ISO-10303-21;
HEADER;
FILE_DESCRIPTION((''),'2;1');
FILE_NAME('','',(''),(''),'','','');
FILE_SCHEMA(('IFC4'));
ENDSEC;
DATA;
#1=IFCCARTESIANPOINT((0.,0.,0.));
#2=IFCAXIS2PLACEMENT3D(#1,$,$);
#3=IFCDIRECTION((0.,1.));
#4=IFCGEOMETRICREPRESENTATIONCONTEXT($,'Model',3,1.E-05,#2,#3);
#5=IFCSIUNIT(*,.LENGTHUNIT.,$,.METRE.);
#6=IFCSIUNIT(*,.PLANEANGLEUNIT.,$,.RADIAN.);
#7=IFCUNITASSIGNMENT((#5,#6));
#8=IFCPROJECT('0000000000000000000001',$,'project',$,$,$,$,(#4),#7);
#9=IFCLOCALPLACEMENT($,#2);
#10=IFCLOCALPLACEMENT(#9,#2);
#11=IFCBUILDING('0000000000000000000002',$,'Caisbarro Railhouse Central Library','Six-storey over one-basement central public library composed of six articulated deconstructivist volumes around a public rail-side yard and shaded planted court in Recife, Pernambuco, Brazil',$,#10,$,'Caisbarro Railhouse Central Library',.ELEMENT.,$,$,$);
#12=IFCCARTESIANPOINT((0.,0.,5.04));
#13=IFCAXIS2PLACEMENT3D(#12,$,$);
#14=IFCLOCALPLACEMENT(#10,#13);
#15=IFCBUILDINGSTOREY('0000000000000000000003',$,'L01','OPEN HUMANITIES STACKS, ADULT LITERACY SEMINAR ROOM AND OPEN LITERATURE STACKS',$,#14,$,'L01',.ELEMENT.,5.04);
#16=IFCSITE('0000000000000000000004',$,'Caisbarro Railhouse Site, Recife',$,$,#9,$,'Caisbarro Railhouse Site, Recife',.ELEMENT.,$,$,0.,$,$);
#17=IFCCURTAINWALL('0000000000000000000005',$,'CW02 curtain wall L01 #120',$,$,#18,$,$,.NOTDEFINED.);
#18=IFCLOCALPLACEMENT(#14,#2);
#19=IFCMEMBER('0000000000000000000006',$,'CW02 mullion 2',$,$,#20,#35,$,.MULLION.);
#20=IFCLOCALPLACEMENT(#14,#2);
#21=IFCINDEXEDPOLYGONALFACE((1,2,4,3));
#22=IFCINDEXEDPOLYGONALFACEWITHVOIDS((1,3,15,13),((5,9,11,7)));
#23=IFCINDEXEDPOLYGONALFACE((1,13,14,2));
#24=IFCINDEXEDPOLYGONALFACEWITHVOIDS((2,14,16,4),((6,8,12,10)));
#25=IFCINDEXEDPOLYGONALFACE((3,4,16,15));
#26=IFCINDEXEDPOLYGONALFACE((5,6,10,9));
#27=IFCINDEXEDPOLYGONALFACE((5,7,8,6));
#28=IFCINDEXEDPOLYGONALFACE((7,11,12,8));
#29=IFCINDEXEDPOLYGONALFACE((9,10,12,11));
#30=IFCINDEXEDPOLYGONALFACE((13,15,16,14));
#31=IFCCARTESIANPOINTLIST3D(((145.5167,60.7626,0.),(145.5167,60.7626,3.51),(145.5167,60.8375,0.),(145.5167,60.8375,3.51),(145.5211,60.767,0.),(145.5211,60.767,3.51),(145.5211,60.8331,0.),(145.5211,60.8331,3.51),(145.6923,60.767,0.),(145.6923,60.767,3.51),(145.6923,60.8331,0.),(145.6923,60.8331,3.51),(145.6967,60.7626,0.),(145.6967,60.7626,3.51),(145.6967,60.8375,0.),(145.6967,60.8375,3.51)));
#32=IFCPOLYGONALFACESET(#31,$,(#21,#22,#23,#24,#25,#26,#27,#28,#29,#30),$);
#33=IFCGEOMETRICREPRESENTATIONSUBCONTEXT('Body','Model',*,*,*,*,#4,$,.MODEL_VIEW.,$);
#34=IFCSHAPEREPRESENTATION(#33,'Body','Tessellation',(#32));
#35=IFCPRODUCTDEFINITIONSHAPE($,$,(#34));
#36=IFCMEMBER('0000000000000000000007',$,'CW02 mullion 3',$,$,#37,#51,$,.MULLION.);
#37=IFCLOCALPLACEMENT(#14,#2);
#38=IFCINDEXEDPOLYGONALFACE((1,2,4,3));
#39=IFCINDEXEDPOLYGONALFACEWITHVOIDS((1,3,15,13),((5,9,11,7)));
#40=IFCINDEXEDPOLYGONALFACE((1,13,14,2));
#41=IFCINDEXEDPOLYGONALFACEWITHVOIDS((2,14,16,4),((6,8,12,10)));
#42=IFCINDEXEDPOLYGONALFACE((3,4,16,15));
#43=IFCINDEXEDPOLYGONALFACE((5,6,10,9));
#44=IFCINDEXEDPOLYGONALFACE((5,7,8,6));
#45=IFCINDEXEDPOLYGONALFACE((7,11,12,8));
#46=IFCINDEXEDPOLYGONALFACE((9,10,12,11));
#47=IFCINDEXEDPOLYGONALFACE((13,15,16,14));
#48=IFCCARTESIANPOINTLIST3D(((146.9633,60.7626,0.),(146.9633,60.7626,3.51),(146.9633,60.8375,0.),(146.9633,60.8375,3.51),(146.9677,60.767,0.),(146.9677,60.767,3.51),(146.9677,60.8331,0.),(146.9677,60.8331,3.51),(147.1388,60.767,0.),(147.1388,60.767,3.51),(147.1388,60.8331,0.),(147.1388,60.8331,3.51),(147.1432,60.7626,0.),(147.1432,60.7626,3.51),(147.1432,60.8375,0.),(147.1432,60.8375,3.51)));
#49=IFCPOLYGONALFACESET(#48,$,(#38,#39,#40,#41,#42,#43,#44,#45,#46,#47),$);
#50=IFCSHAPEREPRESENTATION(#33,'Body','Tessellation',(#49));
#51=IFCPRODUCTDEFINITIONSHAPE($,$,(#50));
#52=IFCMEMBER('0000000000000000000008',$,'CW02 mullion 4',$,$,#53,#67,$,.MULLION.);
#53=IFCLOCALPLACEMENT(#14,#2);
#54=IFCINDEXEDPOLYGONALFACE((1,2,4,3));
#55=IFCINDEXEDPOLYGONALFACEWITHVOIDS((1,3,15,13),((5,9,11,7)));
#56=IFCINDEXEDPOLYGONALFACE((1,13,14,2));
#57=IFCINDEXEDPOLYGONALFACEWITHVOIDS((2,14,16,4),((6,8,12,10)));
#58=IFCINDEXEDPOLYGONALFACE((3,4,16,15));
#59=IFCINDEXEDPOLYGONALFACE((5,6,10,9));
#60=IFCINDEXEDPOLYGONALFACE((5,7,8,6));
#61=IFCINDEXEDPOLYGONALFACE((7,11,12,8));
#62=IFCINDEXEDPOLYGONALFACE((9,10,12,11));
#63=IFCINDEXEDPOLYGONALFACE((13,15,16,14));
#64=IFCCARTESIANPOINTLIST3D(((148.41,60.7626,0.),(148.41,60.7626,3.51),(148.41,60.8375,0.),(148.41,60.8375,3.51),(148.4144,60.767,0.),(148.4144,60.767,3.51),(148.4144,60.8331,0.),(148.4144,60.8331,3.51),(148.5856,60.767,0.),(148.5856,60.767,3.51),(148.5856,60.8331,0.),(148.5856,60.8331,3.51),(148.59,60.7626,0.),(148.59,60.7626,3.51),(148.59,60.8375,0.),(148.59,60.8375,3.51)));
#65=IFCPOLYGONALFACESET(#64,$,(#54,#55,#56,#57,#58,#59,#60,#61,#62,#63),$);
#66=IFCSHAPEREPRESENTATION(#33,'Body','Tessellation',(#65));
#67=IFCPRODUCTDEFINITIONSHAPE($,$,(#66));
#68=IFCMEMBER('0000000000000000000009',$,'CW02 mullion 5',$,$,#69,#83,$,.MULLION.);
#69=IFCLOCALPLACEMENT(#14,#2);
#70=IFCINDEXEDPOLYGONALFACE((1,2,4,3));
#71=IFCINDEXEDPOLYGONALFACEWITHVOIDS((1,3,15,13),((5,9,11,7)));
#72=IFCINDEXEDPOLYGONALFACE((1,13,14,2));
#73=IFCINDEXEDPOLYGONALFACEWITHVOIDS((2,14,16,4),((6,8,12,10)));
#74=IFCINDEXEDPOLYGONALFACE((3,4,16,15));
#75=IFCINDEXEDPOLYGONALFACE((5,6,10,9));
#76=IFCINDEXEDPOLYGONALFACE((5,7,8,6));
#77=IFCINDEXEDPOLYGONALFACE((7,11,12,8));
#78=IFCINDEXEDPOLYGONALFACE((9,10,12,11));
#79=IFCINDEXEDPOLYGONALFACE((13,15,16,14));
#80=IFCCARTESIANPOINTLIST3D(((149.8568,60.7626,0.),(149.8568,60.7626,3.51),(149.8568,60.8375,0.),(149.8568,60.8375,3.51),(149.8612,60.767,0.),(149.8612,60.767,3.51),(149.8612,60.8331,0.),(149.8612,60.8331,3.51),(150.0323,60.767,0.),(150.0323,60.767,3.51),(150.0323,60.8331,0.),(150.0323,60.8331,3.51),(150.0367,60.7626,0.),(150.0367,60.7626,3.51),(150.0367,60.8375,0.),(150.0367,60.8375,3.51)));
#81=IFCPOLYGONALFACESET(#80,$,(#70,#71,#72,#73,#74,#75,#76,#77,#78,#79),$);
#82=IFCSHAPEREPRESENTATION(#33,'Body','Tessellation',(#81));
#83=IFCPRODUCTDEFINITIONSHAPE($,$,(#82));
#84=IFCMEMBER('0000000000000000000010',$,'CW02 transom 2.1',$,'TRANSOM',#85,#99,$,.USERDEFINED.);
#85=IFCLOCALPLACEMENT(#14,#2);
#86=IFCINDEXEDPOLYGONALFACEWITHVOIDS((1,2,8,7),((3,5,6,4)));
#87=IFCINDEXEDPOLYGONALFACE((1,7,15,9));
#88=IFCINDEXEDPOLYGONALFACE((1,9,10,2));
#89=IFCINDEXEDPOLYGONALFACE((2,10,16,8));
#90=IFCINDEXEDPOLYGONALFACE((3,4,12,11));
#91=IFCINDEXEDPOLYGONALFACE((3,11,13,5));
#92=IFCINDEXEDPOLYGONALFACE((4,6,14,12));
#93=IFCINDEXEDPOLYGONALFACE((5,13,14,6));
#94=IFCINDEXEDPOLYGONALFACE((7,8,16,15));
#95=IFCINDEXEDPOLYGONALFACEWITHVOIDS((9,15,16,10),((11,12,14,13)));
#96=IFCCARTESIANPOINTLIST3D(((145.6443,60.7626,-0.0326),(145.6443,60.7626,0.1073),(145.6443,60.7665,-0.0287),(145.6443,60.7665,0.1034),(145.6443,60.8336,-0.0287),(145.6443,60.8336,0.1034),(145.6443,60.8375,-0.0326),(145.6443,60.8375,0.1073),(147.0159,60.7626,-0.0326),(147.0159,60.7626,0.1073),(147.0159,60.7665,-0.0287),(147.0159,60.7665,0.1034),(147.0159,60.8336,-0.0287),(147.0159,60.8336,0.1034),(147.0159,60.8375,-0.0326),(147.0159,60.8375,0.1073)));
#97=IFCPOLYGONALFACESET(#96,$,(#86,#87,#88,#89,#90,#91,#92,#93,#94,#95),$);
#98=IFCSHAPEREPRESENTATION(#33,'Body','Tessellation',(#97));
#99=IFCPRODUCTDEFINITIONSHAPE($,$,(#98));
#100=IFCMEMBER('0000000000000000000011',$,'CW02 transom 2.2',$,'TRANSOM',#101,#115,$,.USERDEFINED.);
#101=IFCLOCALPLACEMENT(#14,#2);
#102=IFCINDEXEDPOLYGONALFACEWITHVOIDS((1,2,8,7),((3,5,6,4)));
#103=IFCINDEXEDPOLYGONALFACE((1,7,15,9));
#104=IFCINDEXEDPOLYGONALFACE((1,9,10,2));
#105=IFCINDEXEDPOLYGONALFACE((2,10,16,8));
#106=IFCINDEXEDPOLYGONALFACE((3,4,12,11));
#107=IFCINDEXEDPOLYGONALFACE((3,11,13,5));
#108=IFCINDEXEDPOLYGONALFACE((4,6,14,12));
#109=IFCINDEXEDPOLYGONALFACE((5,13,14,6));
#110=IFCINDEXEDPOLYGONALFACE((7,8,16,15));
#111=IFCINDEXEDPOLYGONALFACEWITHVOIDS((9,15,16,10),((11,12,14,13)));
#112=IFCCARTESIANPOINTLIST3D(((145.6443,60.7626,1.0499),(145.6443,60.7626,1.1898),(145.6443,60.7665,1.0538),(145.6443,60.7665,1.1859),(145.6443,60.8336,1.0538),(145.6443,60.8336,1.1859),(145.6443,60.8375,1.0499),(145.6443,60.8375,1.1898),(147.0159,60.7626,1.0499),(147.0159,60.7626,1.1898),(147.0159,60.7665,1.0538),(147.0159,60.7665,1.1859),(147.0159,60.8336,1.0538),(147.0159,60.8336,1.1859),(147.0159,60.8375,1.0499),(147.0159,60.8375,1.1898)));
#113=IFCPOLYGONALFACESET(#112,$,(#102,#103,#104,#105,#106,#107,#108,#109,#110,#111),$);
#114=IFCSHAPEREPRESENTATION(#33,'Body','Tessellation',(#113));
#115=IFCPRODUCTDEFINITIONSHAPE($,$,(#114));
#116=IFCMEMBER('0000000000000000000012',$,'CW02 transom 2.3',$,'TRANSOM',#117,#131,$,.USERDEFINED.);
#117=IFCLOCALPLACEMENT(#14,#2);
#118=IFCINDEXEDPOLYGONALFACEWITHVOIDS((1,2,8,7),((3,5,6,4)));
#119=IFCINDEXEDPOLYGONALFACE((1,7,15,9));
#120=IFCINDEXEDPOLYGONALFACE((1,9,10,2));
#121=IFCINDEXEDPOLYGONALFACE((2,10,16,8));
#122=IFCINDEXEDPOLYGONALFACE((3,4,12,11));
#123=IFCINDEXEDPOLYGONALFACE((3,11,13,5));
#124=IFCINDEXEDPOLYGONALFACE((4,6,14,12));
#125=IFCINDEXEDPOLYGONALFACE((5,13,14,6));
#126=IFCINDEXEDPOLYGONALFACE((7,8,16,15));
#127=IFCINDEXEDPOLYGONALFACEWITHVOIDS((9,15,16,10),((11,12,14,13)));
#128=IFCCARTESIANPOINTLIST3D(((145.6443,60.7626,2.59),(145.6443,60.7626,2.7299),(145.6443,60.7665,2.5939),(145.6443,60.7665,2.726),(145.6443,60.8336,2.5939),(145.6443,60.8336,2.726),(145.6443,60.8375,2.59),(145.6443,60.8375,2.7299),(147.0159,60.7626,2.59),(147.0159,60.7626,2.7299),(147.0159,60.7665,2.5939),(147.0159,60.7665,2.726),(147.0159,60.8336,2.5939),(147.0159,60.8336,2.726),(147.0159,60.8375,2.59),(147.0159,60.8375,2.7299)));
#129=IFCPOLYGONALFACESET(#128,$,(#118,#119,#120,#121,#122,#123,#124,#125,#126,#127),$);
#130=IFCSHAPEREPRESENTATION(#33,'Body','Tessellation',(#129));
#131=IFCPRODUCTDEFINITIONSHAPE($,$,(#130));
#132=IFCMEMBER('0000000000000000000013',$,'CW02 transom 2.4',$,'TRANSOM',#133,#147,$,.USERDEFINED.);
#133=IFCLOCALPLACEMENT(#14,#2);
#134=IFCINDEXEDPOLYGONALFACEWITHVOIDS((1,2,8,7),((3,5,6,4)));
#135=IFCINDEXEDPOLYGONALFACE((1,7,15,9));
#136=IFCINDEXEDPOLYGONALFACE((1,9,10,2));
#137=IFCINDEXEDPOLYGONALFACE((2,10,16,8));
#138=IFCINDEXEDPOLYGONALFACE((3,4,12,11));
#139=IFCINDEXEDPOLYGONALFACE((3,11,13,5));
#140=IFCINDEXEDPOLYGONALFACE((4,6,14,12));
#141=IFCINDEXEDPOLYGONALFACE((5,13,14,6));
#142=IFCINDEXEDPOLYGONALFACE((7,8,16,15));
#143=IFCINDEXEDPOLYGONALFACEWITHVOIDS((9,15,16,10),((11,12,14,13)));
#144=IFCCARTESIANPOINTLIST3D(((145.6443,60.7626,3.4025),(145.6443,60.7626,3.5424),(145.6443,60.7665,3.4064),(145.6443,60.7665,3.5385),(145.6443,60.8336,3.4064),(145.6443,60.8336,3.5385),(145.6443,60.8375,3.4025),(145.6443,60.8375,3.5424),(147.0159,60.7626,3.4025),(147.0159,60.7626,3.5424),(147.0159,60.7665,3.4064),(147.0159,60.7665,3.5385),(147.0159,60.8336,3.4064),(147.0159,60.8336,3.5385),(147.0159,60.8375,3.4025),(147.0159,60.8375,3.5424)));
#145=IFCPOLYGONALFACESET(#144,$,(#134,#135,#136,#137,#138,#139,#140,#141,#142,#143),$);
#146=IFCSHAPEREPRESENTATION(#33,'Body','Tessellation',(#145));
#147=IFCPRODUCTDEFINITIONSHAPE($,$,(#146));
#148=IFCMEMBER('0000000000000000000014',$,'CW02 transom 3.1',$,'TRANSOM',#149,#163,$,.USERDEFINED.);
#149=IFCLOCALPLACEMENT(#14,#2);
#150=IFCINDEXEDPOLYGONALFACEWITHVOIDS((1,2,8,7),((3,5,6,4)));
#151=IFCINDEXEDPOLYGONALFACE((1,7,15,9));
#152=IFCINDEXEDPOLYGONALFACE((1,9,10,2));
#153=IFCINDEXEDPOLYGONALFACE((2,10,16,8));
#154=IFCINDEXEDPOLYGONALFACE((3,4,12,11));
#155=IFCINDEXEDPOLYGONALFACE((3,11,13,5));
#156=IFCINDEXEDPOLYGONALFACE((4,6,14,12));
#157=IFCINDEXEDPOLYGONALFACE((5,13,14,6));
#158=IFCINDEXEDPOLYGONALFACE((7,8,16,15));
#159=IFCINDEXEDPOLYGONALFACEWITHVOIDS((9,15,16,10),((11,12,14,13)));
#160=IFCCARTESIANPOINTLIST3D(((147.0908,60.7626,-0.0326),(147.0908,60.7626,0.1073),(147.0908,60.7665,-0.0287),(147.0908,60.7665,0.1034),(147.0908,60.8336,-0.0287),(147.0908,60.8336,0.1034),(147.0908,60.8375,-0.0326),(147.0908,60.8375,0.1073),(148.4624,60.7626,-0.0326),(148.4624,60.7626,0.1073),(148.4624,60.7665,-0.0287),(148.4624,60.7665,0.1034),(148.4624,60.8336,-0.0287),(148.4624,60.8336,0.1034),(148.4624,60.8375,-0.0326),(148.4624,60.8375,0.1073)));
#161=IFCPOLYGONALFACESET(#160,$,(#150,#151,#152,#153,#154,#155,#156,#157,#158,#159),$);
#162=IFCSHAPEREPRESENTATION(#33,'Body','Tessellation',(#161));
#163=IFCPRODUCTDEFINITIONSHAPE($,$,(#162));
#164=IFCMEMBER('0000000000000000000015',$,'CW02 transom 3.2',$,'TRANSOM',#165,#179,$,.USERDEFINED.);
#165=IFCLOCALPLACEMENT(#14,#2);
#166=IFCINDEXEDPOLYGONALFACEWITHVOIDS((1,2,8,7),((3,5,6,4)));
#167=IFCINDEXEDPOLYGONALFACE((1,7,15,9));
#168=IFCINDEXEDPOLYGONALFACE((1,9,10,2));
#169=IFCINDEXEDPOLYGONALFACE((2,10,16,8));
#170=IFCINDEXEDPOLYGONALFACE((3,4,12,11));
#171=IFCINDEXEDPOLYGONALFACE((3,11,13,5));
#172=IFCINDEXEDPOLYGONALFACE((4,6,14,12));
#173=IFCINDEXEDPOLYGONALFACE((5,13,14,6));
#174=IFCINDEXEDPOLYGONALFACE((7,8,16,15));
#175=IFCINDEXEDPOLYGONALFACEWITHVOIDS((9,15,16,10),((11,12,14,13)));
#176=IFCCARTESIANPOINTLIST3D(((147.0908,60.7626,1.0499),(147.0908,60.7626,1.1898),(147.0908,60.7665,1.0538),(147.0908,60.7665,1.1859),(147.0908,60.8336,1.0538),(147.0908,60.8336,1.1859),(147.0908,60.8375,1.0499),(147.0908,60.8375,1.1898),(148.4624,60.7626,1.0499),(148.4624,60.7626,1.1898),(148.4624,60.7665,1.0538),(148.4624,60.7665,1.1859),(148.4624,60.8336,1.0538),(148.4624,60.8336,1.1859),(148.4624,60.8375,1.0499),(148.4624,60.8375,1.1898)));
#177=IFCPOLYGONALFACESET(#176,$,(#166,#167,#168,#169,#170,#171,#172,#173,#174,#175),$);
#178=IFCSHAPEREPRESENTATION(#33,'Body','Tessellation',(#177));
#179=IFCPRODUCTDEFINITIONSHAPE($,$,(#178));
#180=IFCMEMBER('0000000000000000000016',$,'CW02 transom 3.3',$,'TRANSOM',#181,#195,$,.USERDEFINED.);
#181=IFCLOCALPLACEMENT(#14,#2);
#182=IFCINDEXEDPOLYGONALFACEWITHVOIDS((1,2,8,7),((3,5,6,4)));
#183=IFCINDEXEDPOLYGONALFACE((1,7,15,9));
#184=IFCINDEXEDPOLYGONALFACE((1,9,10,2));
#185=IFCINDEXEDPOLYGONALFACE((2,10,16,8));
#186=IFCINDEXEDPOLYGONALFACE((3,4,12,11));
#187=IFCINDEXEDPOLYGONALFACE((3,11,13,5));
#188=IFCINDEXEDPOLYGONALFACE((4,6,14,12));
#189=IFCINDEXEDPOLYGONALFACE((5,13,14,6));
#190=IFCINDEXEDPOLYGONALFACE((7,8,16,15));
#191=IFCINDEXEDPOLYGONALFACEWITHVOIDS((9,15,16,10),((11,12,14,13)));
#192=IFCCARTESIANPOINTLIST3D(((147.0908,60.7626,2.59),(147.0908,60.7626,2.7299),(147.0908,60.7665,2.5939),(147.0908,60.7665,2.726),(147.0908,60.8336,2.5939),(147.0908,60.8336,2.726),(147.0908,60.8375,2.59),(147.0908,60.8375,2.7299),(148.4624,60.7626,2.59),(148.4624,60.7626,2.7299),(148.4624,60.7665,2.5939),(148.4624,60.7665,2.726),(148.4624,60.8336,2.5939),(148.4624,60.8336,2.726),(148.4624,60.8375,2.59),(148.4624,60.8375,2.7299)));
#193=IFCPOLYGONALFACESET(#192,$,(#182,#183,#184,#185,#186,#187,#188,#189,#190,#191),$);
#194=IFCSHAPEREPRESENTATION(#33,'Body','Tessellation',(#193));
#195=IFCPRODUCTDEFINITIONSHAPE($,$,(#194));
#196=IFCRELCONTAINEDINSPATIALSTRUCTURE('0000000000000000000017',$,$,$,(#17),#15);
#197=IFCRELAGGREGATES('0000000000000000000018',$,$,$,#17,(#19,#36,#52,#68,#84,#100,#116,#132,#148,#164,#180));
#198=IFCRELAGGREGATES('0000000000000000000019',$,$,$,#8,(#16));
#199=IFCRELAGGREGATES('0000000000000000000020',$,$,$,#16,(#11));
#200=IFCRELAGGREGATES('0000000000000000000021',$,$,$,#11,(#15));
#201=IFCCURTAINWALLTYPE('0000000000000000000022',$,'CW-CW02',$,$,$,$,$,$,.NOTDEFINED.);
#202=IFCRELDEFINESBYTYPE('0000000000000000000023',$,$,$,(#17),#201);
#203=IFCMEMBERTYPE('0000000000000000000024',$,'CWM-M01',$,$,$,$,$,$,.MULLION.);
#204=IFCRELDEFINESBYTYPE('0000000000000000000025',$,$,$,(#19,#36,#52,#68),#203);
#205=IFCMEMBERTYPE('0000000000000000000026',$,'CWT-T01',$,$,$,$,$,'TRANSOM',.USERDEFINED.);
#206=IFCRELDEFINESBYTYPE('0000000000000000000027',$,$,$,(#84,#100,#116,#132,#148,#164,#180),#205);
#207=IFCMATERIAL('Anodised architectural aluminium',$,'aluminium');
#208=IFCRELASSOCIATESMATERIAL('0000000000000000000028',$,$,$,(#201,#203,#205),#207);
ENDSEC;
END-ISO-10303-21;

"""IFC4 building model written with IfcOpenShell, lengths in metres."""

from ifc_helpers import new_model, si_unit, direction, frame, origin, origin_2d, place, context, subcontext, project, spatial, hollow_rectangle, extrude, material, material_profile, profile_set, type_object, element, aggregate, save


model = new_model("IFC4")

# Units and contexts
model_context = context("Model", 3, precision=1e-05, world=origin(), true_north=direction((0.0, 1.0)))
body_context = subcontext(model_context, "Body", "Model", "MODEL_VIEW")
ifc_project = project(units=[si_unit("LENGTHUNIT", "METRE"), si_unit("PLANEANGLEUNIT", "RADIAN")], contexts=[model_context])

# Site, building, storey
site_placement = place(None, origin())
site = spatial("IfcSite", under=ifc_project, at=site_placement, Name="Caisbarro Railhouse Site, Recife", LongName="Caisbarro Railhouse Site, Recife", CompositionType="ELEMENT", RefElevation=0.0)
building_placement = place(site_placement, origin())
building = spatial("IfcBuilding", under=site, at=building_placement, Name="Caisbarro Railhouse Central Library", Description="Six-storey over one-basement central public library composed of six articulated deconstructivist volumes around a public rail-side yard and shaded planted court in Recife, Pernambuco, Brazil", LongName="Caisbarro Railhouse Central Library", CompositionType="ELEMENT")
storey_placement = place(building_placement, frame((0.0, 0.0, 5.04)))
storey = spatial("IfcBuildingStorey", under=building, at=storey_placement, Name="L01", Description="OPEN HUMANITIES STACKS, ADULT LITERACY SEMINAR ROOM AND OPEN LITERATURE STACKS", LongName="L01", CompositionType="ELEMENT", Elevation=5.04)

# Curtain wall, members
ifc_material_1 = material(Name="Anodised architectural aluminium", Category="aluminium")
curtain_wall_type = type_object("IfcCurtainWallType", Name="CW-CW02", PredefinedType="NOTDEFINED", material=ifc_material_1)
curtain_wall_placement = place(storey_placement, origin())
curtain_wall = element("IfcCurtainWall", 1, at=curtain_wall_placement, inside=storey, type_object=curtain_wall_type, Name="CW02 curtain wall L01 #120", PredefinedType="NOTDEFINED")
ifc_material_profile_1 = material_profile(ifc_material_1, hollow_rectangle(XDim=0.075, YDim=0.1799, WallThickness=0.0044, at=origin_2d()), Name="ALU-MUL-75X180")
ifc_profile_set_1 = profile_set([ifc_material_profile_1], Name="Anodised architectural aluminium")
member_type_1 = type_object("IfcMemberType", Name="CWM-M01", PredefinedType="MULLION", material=ifc_profile_set_1)
member_1_placement = place(storey_placement, frame((145.6067, 60.8, 0.0), z_axis=(0.0, 0.0, 1.0), x_axis=(0.0, 1.0, 0.0)))
member_1 = element("IfcMember", 2, at=member_1_placement, type_object=member_type_1, Name="CW02 mullion 2", PredefinedType="MULLION", context=body_context, shape_type="SweptSolid", body=[
    extrude(hollow_rectangle(XDim=0.075, YDim=0.1799, WallThickness=0.0044, at=origin_2d()), origin(), (0.0, 0.0, 1.0), 3.51),
])
member_2_placement = place(storey_placement, frame((147.0532, 60.8, 0.0), z_axis=(0.0, 0.0, 1.0), x_axis=(0.0, 1.0, 0.0)))
member_2 = element("IfcMember", 3, at=member_2_placement, type_object=member_type_1, Name="CW02 mullion 3", PredefinedType="MULLION", context=body_context, shape_type="SweptSolid", body=[
    extrude(hollow_rectangle(XDim=0.075, YDim=0.1799, WallThickness=0.0044, at=origin_2d()), origin(), (0.0, 0.0, 1.0), 3.51),
])
member_3_placement = place(storey_placement, frame((148.5, 60.8, 0.0), z_axis=(0.0, 0.0, 1.0), x_axis=(0.0, 1.0, 0.0)))
member_3 = element("IfcMember", 4, at=member_3_placement, type_object=member_type_1, Name="CW02 mullion 4", PredefinedType="MULLION", context=body_context, shape_type="SweptSolid", body=[
    extrude(hollow_rectangle(XDim=0.075, YDim=0.1799, WallThickness=0.0044, at=origin_2d()), origin(), (0.0, 0.0, 1.0), 3.51),
])
member_4_placement = place(storey_placement, frame((149.9468, 60.8, 0.0), z_axis=(0.0, 0.0, 1.0), x_axis=(0.0, 1.0, 0.0)))
member_4 = element("IfcMember", 5, at=member_4_placement, type_object=member_type_1, Name="CW02 mullion 5", PredefinedType="MULLION", context=body_context, shape_type="SweptSolid", body=[
    extrude(hollow_rectangle(XDim=0.075, YDim=0.1799, WallThickness=0.0044, at=origin_2d()), origin(), (0.0, 0.0, 1.0), 3.51),
])
ifc_material_profile_2 = material_profile(ifc_material_1, hollow_rectangle(XDim=0.075, YDim=0.1399, WallThickness=0.0039, at=origin_2d()), Name="ALU-TRN-75X140")
ifc_profile_set_2 = profile_set([ifc_material_profile_2], Name="Anodised architectural aluminium")
member_type_2 = type_object("IfcMemberType", Name="CWT-T01", ElementType="TRANSOM", PredefinedType="USERDEFINED", material=ifc_profile_set_2)
member_5_placement = place(storey_placement, frame((145.6443, 60.8, 0.0374), z_axis=(1.0, 0.0, 0.0), x_axis=(0.0, 1.0, 0.0)))
member_5 = element("IfcMember", 6, at=member_5_placement, type_object=member_type_2, Name="CW02 transom 2.1", ObjectType="TRANSOM", PredefinedType="USERDEFINED", context=body_context, shape_type="SweptSolid", body=[
    extrude(hollow_rectangle(XDim=0.075, YDim=0.1399, WallThickness=0.0039, at=origin_2d()), origin(), (0.0, 0.0, 1.0), 1.3716),
])
member_6_placement = place(storey_placement, frame((145.6443, 60.8, 1.1199), z_axis=(1.0, 0.0, 0.0), x_axis=(0.0, 1.0, 0.0)))
member_6 = element("IfcMember", 7, at=member_6_placement, type_object=member_type_2, Name="CW02 transom 2.2", ObjectType="TRANSOM", PredefinedType="USERDEFINED", context=body_context, shape_type="SweptSolid", body=[
    extrude(hollow_rectangle(XDim=0.075, YDim=0.1399, WallThickness=0.0039, at=origin_2d()), origin(), (0.0, 0.0, 1.0), 1.3716),
])
member_7_placement = place(storey_placement, frame((145.6443, 60.8, 2.6599), z_axis=(1.0, 0.0, 0.0), x_axis=(0.0, 1.0, 0.0)))
member_7 = element("IfcMember", 8, at=member_7_placement, type_object=member_type_2, Name="CW02 transom 2.3", ObjectType="TRANSOM", PredefinedType="USERDEFINED", context=body_context, shape_type="SweptSolid", body=[
    extrude(hollow_rectangle(XDim=0.075, YDim=0.1399, WallThickness=0.0039, at=origin_2d()), origin(), (0.0, 0.0, 1.0), 1.3716),
])
member_8_placement = place(storey_placement, frame((145.6443, 60.8, 3.4724), z_axis=(1.0, 0.0, 0.0), x_axis=(0.0, 1.0, 0.0)))
member_8 = element("IfcMember", 9, at=member_8_placement, type_object=member_type_2, Name="CW02 transom 2.4", ObjectType="TRANSOM", PredefinedType="USERDEFINED", context=body_context, shape_type="SweptSolid", body=[
    extrude(hollow_rectangle(XDim=0.075, YDim=0.1399, WallThickness=0.0039, at=origin_2d()), origin(), (0.0, 0.0, 1.0), 1.3716),
])
member_9_placement = place(storey_placement, frame((147.0908, 60.8, 0.0374), z_axis=(1.0, 0.0, 0.0), x_axis=(0.0, 1.0, 0.0)))
member_9 = element("IfcMember", 10, at=member_9_placement, type_object=member_type_2, Name="CW02 transom 3.1", ObjectType="TRANSOM", PredefinedType="USERDEFINED", context=body_context, shape_type="SweptSolid", body=[
    extrude(hollow_rectangle(XDim=0.075, YDim=0.1399, WallThickness=0.0039, at=origin_2d()), origin(), (0.0, 0.0, 1.0), 1.3716),
])
member_10_placement = place(storey_placement, frame((147.0908, 60.8, 1.1199), z_axis=(1.0, 0.0, 0.0), x_axis=(0.0, 1.0, 0.0)))
member_10 = element("IfcMember", 11, at=member_10_placement, type_object=member_type_2, Name="CW02 transom 3.2", ObjectType="TRANSOM", PredefinedType="USERDEFINED", context=body_context, shape_type="SweptSolid", body=[
    extrude(hollow_rectangle(XDim=0.075, YDim=0.1399, WallThickness=0.0039, at=origin_2d()), origin(), (0.0, 0.0, 1.0), 1.3716),
])
member_11_placement = place(storey_placement, frame((147.0908, 60.8, 2.6599), z_axis=(1.0, 0.0, 0.0), x_axis=(0.0, 1.0, 0.0)))
member_11 = element("IfcMember", 12, at=member_11_placement, type_object=member_type_2, Name="CW02 transom 3.3", ObjectType="TRANSOM", PredefinedType="USERDEFINED", context=body_context, shape_type="SweptSolid", body=[
    extrude(hollow_rectangle(XDim=0.075, YDim=0.1399, WallThickness=0.0039, at=origin_2d()), origin(), (0.0, 0.0, 1.0), 1.3716),
])
aggregate(curtain_wall, [member_1, member_2, member_3, member_4, member_5, member_6, member_7, member_8, member_9, member_10, member_11])

save(model, "model.ifc")
